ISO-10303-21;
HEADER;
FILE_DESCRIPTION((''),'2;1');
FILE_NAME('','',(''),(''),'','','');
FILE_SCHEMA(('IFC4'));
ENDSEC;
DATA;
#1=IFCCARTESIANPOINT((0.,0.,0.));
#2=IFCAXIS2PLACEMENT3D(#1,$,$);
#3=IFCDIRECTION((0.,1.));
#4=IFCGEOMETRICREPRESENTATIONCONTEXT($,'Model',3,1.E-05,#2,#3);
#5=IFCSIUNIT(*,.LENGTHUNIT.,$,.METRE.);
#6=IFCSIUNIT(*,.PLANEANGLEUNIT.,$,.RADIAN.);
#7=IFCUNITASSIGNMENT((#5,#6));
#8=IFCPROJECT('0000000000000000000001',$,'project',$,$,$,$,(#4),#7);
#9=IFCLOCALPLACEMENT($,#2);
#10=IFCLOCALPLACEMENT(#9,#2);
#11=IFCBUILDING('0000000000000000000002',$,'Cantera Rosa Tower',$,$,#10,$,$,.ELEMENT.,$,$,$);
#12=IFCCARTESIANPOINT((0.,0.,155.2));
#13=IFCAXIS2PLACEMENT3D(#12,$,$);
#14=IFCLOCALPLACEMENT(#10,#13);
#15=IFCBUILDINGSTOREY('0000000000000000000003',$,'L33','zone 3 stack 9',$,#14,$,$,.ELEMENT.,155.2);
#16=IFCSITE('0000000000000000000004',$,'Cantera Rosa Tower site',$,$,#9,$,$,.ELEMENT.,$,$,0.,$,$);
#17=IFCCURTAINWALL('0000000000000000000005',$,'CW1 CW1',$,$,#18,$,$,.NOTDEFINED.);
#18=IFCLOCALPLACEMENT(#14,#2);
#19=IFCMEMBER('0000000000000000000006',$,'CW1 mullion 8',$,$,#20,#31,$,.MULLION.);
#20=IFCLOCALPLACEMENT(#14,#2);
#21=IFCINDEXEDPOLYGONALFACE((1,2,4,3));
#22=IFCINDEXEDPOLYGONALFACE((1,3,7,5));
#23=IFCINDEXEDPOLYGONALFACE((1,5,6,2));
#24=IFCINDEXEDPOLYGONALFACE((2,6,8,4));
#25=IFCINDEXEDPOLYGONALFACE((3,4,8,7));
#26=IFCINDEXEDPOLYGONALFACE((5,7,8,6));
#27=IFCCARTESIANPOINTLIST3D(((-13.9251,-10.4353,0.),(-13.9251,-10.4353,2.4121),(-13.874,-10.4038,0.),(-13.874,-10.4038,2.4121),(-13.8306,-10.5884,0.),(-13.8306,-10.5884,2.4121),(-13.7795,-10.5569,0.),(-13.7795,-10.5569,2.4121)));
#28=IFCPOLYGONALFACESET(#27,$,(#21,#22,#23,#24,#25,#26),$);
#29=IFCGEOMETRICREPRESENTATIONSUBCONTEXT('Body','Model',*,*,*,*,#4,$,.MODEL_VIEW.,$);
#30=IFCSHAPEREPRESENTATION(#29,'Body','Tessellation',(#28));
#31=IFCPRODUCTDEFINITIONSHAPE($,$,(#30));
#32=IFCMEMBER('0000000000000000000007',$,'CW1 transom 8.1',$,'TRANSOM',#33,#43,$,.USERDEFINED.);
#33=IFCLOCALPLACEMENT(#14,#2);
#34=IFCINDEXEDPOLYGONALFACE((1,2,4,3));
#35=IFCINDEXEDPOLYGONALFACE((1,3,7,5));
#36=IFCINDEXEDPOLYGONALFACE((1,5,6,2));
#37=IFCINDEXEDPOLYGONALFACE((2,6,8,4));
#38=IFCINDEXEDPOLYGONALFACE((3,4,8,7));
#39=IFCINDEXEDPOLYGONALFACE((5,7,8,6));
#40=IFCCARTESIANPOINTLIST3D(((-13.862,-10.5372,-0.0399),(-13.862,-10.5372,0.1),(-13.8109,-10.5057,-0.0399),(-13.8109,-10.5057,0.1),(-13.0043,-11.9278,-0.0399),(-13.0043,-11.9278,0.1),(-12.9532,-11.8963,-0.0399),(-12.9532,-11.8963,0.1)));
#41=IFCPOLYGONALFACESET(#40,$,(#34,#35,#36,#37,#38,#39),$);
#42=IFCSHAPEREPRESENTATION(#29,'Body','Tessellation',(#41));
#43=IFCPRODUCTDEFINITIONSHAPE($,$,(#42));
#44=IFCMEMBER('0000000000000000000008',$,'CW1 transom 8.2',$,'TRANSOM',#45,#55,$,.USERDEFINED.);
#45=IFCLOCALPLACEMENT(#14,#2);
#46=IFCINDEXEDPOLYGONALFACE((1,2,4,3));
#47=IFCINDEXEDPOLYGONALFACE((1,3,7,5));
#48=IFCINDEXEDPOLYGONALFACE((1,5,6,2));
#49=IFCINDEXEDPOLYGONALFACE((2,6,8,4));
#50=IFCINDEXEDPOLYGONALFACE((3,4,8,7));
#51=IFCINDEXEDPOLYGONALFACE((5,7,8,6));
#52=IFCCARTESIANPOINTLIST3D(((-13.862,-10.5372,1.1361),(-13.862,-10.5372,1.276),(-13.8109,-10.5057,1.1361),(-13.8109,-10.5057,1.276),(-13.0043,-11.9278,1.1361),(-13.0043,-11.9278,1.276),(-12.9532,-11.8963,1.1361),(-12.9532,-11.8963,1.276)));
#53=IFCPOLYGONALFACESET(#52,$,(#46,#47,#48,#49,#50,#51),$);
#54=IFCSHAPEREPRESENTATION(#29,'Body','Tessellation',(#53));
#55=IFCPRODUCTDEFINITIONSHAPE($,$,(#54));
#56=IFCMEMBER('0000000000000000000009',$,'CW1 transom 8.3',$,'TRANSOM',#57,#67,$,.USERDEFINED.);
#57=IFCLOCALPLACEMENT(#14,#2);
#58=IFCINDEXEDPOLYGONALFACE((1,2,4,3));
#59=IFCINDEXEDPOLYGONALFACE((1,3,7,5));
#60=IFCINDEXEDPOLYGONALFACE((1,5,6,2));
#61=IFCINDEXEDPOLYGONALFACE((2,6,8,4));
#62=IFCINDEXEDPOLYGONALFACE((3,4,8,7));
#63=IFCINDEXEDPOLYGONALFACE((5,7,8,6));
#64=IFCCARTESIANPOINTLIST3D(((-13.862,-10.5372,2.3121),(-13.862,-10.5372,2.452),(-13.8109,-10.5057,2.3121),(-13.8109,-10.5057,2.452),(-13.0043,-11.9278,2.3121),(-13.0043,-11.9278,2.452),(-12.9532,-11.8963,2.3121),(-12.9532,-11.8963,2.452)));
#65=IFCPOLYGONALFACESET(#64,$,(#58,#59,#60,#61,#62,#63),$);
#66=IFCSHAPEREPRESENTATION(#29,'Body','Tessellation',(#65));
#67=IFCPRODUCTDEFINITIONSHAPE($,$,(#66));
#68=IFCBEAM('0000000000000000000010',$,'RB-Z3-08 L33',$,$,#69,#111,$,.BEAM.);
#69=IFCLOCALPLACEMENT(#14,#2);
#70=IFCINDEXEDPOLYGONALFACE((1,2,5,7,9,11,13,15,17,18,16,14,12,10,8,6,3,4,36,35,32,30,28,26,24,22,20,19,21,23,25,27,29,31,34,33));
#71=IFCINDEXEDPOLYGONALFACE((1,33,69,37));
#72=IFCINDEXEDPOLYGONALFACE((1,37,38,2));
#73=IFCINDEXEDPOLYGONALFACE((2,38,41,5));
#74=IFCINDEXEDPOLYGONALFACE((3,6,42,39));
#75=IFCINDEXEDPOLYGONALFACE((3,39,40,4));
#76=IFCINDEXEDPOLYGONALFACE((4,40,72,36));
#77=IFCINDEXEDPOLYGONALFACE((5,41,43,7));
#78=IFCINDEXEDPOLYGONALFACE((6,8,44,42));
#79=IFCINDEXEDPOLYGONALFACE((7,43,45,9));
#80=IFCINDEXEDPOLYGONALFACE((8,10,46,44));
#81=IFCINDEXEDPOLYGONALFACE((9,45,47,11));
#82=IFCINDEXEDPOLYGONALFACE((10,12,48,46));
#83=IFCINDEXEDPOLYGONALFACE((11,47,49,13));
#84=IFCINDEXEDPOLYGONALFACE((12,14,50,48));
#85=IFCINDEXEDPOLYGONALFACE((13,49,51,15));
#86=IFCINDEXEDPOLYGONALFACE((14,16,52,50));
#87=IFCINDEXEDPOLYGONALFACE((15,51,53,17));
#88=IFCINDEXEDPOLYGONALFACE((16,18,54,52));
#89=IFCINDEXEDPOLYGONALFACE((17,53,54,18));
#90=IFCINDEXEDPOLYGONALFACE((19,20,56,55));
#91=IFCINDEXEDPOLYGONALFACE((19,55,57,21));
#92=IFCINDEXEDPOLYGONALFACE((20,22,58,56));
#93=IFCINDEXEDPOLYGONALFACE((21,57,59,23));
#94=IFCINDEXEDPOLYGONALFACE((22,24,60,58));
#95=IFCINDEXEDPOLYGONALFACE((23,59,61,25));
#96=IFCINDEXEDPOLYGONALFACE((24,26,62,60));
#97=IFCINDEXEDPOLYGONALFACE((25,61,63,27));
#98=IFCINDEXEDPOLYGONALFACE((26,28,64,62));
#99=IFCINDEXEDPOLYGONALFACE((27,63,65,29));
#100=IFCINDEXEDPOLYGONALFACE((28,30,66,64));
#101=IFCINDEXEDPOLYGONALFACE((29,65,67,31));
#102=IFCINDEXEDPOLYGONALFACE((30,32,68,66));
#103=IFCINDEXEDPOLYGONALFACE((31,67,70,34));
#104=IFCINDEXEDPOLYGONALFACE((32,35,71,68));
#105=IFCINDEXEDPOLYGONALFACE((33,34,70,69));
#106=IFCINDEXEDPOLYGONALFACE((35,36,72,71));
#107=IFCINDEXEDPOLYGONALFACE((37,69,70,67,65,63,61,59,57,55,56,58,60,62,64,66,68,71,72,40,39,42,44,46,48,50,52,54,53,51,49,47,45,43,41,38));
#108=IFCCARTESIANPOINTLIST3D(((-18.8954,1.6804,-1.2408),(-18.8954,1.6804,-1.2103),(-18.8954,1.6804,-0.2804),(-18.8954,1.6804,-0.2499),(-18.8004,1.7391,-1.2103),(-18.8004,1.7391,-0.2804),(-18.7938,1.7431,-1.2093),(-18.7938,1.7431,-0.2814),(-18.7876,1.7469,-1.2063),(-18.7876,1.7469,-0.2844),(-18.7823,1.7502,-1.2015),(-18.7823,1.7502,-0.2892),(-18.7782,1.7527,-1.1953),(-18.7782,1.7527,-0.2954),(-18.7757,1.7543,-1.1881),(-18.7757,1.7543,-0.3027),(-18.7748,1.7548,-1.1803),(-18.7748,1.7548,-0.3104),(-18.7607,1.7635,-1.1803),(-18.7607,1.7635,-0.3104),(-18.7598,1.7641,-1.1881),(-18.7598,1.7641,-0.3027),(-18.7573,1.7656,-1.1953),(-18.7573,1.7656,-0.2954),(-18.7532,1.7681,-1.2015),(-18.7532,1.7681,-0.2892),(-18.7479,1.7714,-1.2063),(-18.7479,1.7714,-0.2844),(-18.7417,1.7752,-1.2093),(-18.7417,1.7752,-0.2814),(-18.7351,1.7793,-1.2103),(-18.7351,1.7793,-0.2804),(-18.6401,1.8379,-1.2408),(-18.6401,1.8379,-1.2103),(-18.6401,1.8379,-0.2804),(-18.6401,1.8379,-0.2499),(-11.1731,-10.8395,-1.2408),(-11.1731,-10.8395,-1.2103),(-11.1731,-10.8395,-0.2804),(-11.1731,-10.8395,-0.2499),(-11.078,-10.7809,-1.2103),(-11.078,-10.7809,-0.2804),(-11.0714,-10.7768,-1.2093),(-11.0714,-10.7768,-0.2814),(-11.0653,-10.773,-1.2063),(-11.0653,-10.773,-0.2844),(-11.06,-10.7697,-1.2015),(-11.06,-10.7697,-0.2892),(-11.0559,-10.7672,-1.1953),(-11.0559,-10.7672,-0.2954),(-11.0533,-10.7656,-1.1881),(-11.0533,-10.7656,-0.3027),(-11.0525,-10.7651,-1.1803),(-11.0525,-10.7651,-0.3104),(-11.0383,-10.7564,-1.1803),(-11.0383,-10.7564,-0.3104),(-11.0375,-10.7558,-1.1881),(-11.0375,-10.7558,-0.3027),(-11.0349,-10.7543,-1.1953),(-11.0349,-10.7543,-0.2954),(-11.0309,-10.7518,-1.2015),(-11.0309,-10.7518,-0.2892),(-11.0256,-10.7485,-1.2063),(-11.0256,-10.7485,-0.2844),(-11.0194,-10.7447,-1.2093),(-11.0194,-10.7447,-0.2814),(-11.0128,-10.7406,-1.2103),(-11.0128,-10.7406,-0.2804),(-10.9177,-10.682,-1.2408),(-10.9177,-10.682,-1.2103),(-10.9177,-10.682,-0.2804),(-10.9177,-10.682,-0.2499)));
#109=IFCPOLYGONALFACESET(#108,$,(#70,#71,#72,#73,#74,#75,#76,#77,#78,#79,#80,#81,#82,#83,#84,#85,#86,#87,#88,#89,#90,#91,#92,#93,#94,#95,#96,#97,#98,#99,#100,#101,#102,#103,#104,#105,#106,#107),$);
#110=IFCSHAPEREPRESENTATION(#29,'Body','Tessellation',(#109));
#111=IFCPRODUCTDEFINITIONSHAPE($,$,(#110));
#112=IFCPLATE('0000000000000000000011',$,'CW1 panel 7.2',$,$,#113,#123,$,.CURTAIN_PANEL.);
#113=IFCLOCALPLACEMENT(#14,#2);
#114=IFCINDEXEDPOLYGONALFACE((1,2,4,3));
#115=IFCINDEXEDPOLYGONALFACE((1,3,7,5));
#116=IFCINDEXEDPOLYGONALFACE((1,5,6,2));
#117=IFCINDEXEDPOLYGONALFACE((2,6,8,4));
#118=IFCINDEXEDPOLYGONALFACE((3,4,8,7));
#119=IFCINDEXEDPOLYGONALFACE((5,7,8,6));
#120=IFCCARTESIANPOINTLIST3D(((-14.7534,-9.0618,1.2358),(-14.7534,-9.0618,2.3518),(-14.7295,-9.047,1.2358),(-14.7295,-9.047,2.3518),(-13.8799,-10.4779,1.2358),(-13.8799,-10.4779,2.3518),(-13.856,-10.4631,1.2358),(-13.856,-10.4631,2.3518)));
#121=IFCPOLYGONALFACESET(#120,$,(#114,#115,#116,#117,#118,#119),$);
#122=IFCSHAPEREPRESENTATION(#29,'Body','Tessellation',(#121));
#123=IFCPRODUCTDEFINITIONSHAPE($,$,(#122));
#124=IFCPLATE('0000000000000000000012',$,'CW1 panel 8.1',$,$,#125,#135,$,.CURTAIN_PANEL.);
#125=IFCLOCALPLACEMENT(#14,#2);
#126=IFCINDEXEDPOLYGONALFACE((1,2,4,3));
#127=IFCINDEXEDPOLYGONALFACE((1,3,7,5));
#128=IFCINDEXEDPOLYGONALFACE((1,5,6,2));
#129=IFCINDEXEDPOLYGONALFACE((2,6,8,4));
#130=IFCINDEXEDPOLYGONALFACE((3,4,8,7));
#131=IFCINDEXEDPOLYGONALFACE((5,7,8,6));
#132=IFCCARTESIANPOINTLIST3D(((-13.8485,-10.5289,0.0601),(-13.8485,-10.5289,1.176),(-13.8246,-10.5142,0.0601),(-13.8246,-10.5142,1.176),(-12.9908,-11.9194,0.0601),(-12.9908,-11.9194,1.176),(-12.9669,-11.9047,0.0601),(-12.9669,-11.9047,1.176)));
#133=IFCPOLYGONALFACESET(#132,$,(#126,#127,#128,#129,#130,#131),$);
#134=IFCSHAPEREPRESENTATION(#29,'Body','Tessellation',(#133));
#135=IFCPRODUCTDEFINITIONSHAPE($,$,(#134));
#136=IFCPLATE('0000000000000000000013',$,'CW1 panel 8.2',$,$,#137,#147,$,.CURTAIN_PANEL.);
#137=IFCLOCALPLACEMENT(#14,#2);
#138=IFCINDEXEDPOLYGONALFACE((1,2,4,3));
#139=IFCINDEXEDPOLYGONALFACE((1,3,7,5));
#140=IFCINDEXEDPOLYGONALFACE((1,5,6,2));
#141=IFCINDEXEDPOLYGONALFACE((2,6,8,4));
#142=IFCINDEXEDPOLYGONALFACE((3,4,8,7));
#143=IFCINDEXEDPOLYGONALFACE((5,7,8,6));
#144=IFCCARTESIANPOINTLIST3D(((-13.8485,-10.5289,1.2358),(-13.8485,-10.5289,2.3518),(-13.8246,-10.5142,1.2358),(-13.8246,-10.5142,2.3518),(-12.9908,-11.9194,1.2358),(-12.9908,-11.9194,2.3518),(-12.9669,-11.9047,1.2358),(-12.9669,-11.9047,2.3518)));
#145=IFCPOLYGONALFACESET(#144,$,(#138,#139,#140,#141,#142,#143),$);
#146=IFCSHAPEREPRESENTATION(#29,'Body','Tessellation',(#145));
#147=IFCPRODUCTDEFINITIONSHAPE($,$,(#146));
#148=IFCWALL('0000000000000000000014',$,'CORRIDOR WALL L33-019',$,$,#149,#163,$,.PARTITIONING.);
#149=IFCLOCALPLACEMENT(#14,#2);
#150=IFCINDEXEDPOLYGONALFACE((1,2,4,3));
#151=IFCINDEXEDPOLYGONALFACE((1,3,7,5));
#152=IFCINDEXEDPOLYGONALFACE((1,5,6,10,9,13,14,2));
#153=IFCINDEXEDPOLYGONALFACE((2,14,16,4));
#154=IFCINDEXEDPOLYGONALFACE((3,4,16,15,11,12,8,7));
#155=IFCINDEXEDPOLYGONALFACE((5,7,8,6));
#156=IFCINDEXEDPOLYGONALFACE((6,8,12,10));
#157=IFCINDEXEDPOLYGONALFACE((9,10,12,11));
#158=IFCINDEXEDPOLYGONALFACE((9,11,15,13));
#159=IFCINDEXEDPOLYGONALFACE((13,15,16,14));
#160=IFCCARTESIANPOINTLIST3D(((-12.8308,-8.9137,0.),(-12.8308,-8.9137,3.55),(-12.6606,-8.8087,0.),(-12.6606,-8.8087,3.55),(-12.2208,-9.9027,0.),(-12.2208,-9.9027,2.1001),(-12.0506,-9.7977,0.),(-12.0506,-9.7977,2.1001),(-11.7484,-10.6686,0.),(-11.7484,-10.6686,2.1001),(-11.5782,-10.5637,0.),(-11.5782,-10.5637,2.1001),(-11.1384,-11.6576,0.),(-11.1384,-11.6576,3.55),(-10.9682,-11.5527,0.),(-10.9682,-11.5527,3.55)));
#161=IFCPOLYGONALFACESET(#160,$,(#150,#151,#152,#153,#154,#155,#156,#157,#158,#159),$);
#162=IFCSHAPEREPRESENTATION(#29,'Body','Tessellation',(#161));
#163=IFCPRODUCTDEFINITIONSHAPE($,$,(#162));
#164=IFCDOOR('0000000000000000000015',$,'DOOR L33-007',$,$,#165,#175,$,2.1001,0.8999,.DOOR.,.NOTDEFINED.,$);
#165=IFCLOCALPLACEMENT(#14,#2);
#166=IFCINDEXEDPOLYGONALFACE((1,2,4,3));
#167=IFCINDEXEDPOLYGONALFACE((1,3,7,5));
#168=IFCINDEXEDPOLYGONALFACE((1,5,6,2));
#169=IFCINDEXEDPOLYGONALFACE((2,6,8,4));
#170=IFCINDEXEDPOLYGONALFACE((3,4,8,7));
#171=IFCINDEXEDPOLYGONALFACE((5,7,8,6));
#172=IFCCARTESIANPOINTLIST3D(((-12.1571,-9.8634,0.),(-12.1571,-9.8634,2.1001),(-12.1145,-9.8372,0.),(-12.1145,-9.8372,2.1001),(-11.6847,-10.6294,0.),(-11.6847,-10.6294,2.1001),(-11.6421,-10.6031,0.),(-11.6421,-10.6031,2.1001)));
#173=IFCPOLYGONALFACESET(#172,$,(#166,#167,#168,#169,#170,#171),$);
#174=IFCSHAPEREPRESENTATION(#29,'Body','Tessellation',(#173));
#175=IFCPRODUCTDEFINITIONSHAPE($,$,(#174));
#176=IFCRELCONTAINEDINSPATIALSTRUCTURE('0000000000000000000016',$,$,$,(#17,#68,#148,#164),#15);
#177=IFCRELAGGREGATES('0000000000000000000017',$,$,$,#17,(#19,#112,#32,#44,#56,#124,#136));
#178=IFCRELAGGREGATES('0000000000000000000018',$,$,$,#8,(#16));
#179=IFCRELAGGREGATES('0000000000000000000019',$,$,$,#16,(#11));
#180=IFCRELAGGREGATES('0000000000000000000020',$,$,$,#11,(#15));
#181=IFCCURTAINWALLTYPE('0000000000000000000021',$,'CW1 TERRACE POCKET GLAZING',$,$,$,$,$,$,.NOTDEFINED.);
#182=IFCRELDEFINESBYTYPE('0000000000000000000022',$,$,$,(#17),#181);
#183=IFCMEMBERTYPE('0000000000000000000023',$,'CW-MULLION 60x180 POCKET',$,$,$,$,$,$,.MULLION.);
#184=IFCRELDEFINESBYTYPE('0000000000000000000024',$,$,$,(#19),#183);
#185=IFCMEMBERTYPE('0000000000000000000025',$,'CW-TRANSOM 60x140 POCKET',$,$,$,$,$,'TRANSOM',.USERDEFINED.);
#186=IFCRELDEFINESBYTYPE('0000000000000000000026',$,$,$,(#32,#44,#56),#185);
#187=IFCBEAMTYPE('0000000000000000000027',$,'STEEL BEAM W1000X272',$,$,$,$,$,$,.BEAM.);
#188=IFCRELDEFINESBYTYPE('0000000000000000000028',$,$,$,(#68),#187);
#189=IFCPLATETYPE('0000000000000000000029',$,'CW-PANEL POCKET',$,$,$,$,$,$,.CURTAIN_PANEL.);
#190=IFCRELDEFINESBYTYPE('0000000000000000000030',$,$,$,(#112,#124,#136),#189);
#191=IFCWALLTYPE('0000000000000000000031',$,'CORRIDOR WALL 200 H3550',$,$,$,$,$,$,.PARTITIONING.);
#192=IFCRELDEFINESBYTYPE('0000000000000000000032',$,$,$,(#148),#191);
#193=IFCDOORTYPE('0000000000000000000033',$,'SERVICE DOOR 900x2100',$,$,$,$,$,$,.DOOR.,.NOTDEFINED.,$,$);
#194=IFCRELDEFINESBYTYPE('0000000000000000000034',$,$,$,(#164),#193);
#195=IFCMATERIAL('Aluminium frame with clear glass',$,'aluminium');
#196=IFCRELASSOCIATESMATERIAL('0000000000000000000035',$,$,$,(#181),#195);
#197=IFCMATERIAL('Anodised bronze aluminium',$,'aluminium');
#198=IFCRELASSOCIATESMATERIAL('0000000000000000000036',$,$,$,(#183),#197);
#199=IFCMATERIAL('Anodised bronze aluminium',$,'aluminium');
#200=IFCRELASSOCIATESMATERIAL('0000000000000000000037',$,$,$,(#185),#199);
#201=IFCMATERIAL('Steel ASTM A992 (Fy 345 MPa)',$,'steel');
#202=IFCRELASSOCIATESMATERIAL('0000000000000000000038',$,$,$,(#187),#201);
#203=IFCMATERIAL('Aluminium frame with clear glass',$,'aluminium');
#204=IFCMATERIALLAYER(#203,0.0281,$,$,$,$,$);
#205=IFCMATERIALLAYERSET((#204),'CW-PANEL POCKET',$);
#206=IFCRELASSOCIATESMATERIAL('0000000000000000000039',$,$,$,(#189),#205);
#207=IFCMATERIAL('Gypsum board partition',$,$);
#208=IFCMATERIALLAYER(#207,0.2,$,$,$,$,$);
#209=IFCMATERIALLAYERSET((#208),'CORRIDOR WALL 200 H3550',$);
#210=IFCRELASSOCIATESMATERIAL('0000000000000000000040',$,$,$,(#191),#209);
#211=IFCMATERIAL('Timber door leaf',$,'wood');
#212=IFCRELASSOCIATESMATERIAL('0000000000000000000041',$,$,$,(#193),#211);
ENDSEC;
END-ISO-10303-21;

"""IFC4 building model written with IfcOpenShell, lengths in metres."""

from ifc_helpers import new_model, si_unit, direction, frame, frame_2d, origin, origin_2d, place, context, subcontext, project, spatial, rectangle, i_section, extrude, material, layer, layer_set, material_profile, profile_set, type_object, element, fill, aggregate, save


model = new_model("IFC4")

# Units and contexts
model_context = context("Model", 3, precision=1e-05, world=origin(), true_north=direction((0.0, 1.0)))
body_context = subcontext(model_context, "Body", "Model", "MODEL_VIEW")
ifc_project = project(units=[si_unit("LENGTHUNIT", "METRE"), si_unit("PLANEANGLEUNIT", "RADIAN")], contexts=[model_context])

# Site, building, storey
site_placement = place(None, origin())
site = spatial("IfcSite", under=ifc_project, at=site_placement, Name="Cantera Rosa Tower site", CompositionType="ELEMENT", RefElevation=0.0)
building_placement = place(site_placement, origin())
building = spatial("IfcBuilding", under=site, at=building_placement, Name="Cantera Rosa Tower", CompositionType="ELEMENT")
storey_placement = place(building_placement, frame((0.0, 0.0, 155.2)))
storey = spatial("IfcBuildingStorey", under=building, at=storey_placement, Name="L33", Description="zone 3 stack 9", CompositionType="ELEMENT", Elevation=155.2)

# Curtain wall, members
ifc_material_1 = material(Name="Aluminium frame with clear glass", Category="aluminium")
curtain_wall_type = type_object("IfcCurtainWallType", Name="CW1 TERRACE POCKET GLAZING", PredefinedType="NOTDEFINED", material=ifc_material_1)
curtain_wall_placement = place(storey_placement, origin())
curtain_wall = element("IfcCurtainWall", 1, at=curtain_wall_placement, inside=storey, type_object=curtain_wall_type, Name="CW1 CW1", PredefinedType="NOTDEFINED")
ifc_material_2 = material(Name="Anodised bronze aluminium", Category="aluminium")
ifc_material_profile_1 = material_profile(ifc_material_2, rectangle(XDim=0.0601, YDim=0.1799, at=origin_2d()), Name="CW-MULLION 60x180 POCKET")
ifc_profile_set_1 = profile_set([ifc_material_profile_1], Name="Anodised bronze aluminium")
member_type_1 = type_object("IfcMemberType", Name="CW-MULLION 60x180 POCKET", PredefinedType="MULLION", material=ifc_profile_set_1)
member_1_placement = place(storey_placement, frame((-13.8523, -10.4961, 0.0), z_axis=(0.0, 0.0, 1.0), x_axis=(0.851117, 0.524977, 0.0)))
member_1 = element("IfcMember", 2, at=member_1_placement, type_object=member_type_1, Name="CW1 mullion 8", PredefinedType="MULLION", context=body_context, shape_type="SweptSolid", body=[
    extrude(rectangle(XDim=0.0601, YDim=0.1799, at=origin_2d()), origin(), (0.0, 0.0, 1.0), 2.4121),
])
ifc_material_3 = material(Name="Anodised bronze aluminium", Category="aluminium")
ifc_material_profile_2 = material_profile(ifc_material_3, rectangle(XDim=0.0601, YDim=0.1399, at=origin_2d()), Name="CW-TRANSOM 60x140 POCKET")
ifc_profile_set_2 = profile_set([ifc_material_profile_2], Name="Anodised bronze aluminium")
member_type_2 = type_object("IfcMemberType", Name="CW-TRANSOM 60x140 POCKET", ElementType="TRANSOM", PredefinedType="USERDEFINED", material=ifc_profile_set_2)
member_2_placement = place(storey_placement, frame((-13.8364, -10.5215, 0.03), z_axis=(0.524939, -0.85114, 0.0), x_axis=(0.85114, 0.524939, 0.0)))
member_2 = element("IfcMember", 3, at=member_2_placement, type_object=member_type_2, Name="CW1 transom 8.1", ObjectType="TRANSOM", PredefinedType="USERDEFINED", context=body_context, shape_type="SweptSolid", body=[
    extrude(rectangle(XDim=0.0601, YDim=0.1399, at=origin_2d()), origin(), (0.0, 0.0, 1.0), 1.6338),
])
member_3_placement = place(storey_placement, frame((-13.8364, -10.5215, 1.2061), z_axis=(0.524939, -0.85114, 0.0), x_axis=(0.85114, 0.524939, 0.0)))
member_3 = element("IfcMember", 4, at=member_3_placement, type_object=member_type_2, Name="CW1 transom 8.2", ObjectType="TRANSOM", PredefinedType="USERDEFINED", context=body_context, shape_type="SweptSolid", body=[
    extrude(rectangle(XDim=0.0601, YDim=0.1399, at=origin_2d()), origin(), (0.0, 0.0, 1.0), 1.6338),
])
member_4_placement = place(storey_placement, frame((-13.8364, -10.5215, 2.3821), z_axis=(0.524939, -0.85114, 0.0), x_axis=(0.85114, 0.524939, 0.0)))
member_4 = element("IfcMember", 5, at=member_4_placement, type_object=member_type_2, Name="CW1 transom 8.3", ObjectType="TRANSOM", PredefinedType="USERDEFINED", context=body_context, shape_type="SweptSolid", body=[
    extrude(rectangle(XDim=0.0601, YDim=0.1399, at=origin_2d()), origin(), (0.0, 0.0, 1.0), 1.6338),
])

# Beam
ifc_material_4 = material(Name="Steel ASTM A992 (Fy 345 MPa)", Category="steel")
ifc_material_profile_3 = material_profile(ifc_material_4, i_section(OverallWidth=0.3, OverallDepth=0.991, WebThickness=0.0166, FlangeThickness=0.0305, FilletRadius=0.03, at=origin_2d()), Name="W1000X272")
ifc_profile_set_3 = profile_set([ifc_material_profile_3], Name="Steel ASTM A992 (Fy 345 MPa)")
beam_type = type_object("IfcBeamType", Name="STEEL BEAM W1000X272", PredefinedType="BEAM", material=ifc_profile_set_3)
beam_placement = place(storey_placement, frame((-11.0454, -10.7607, -0.7454), z_axis=(-0.524974, 0.851118, 0.0), x_axis=(-0.851118, -0.524974, 0.0)))
element("IfcBeam", 6, at=beam_placement, inside=storey, type_object=beam_type, Name="RB-Z3-08 L33", PredefinedType="BEAM", context=body_context, shape_type="SweptSolid", body=[
    extrude(i_section(OverallWidth=0.3, OverallDepth=0.991, WebThickness=0.0166, FlangeThickness=0.0305, FilletRadius=0.03, at=origin_2d()), origin(), (0.0, 0.0, 1.0), 14.71),
])

# Plates
ifc_material_5 = material(Name="Aluminium frame with clear glass", Category="aluminium")
ifc_layer_1 = layer(ifc_material_5, 0.0281)
ifc_layer_set_1 = layer_set([ifc_layer_1], Name="CW-PANEL POCKET")
plate_type = type_object("IfcPlateType", Name="CW-PANEL POCKET", PredefinedType="CURTAIN_PANEL", material=ifc_layer_set_1)
plate_1_placement = place(storey_placement, frame((-14.3047, -9.7625, 1.2358), z_axis=(0.0, 0.0, 1.0), x_axis=(0.524977, -0.851117, 0.0)))
plate_1 = element("IfcPlate", 7, at=plate_1_placement, type_object=plate_type, Name="CW1 panel 7.2", PredefinedType="CURTAIN_PANEL", context=body_context, shape_type="SweptSolid", body=[
    extrude(rectangle(XDim=1.6638, YDim=0.0281, at=origin_2d()), origin(), (0.0, 0.0, 1.0), 1.116),
])
plate_2_placement = place(storey_placement, frame((-13.4077, -11.2168, 0.0601), z_axis=(0.0, 0.0, 1.0), x_axis=(0.524977, -0.851117, 0.0)))
plate_2 = element("IfcPlate", 8, at=plate_2_placement, type_object=plate_type, Name="CW1 panel 8.1", PredefinedType="CURTAIN_PANEL", context=body_context, shape_type="SweptSolid", body=[
    extrude(rectangle(XDim=1.6338, YDim=0.0281, at=origin_2d()), origin(), (0.0, 0.0, 1.0), 1.116),
])
plate_3_placement = place(storey_placement, frame((-13.4077, -11.2168, 1.2358), z_axis=(0.0, 0.0, 1.0), x_axis=(0.524977, -0.851117, 0.0)))
plate_3 = element("IfcPlate", 9, at=plate_3_placement, type_object=plate_type, Name="CW1 panel 8.2", PredefinedType="CURTAIN_PANEL", context=body_context, shape_type="SweptSolid", body=[
    extrude(rectangle(XDim=1.6338, YDim=0.0281, at=origin_2d()), origin(), (0.0, 0.0, 1.0), 1.116),
])
aggregate(curtain_wall, [member_1, plate_1, member_2, member_3, member_4, plate_2, plate_3])

# Wall, opening, door
ifc_material_6 = material(Name="Gypsum board partition")
ifc_layer_2 = layer(ifc_material_6, 0.2)
ifc_layer_set_2 = layer_set([ifc_layer_2], Name="CORRIDOR WALL 200 H3550")
wall_type_1 = type_object("IfcWallType", Name="CORRIDOR WALL 200 H3550", PredefinedType="PARTITIONING", material=ifc_layer_set_2)
wall_1_placement = place(storey_placement, frame((-12.7456, -8.8613, 0.0), z_axis=(0.0, 0.0, 1.0), x_axis=(0.524959, -0.851127, 0.0)))
wall_1 = element("IfcWall", 10, at=wall_1_placement, inside=storey, type_object=wall_type_1, Name="CORRIDOR WALL L33-019", PredefinedType="PARTITIONING", context=body_context, shape_type="SweptSolid", body=[
    extrude(rectangle(XDim=3.2239, YDim=0.2, at=frame_2d((1.6118, 0.0))), origin(), (0.0, 0.0, 1.0), 3.55),
])
opening_1_placement = place(wall_1_placement, frame((1.1619, 0.0, 0.0)))
opening_1 = element("IfcOpeningElement", 11, at=opening_1_placement, cuts=wall_1, PredefinedType="OPENING", context=body_context, shape_type="SweptSolid", body=[
    extrude(rectangle(XDim=0.8999, YDim=2.1001, at=frame_2d((0.45, 1.05))), frame((0.0, 0.1099, 0.0), z_axis=(0.0, -1.0, 0.0), x_axis=(1.0, 0.0, 0.0)), (0.0, 0.0, 1.0), 0.22),
])
ifc_material_7 = material(Name="Timber door leaf", Category="wood")
door_type_1 = type_object("IfcDoorType", Name="SERVICE DOOR 900x2100", OperationType="NOTDEFINED", PredefinedType="DOOR", material=ifc_material_7)
door_1_placement = place(opening_1_placement, origin())
door_1 = element("IfcDoor", 12, at=door_1_placement, inside=storey, type_object=door_type_1, Name="DOOR L33-007", OperationType="NOTDEFINED", OverallHeight=2.1001, OverallWidth=0.8999, PredefinedType="DOOR", context=body_context, shape_type="SweptSolid", body=[
    extrude(rectangle(XDim=0.8999, YDim=2.1001, at=frame_2d((0.45, 1.05))), frame((0.0, 0.0249, 0.0), z_axis=(0.0, -1.0, 0.0), x_axis=(1.0, 0.0, 0.0)), (0.0, 0.0, 1.0), 0.05),
])
fill(opening_1, door_1)

save(model, "model.ifc")
